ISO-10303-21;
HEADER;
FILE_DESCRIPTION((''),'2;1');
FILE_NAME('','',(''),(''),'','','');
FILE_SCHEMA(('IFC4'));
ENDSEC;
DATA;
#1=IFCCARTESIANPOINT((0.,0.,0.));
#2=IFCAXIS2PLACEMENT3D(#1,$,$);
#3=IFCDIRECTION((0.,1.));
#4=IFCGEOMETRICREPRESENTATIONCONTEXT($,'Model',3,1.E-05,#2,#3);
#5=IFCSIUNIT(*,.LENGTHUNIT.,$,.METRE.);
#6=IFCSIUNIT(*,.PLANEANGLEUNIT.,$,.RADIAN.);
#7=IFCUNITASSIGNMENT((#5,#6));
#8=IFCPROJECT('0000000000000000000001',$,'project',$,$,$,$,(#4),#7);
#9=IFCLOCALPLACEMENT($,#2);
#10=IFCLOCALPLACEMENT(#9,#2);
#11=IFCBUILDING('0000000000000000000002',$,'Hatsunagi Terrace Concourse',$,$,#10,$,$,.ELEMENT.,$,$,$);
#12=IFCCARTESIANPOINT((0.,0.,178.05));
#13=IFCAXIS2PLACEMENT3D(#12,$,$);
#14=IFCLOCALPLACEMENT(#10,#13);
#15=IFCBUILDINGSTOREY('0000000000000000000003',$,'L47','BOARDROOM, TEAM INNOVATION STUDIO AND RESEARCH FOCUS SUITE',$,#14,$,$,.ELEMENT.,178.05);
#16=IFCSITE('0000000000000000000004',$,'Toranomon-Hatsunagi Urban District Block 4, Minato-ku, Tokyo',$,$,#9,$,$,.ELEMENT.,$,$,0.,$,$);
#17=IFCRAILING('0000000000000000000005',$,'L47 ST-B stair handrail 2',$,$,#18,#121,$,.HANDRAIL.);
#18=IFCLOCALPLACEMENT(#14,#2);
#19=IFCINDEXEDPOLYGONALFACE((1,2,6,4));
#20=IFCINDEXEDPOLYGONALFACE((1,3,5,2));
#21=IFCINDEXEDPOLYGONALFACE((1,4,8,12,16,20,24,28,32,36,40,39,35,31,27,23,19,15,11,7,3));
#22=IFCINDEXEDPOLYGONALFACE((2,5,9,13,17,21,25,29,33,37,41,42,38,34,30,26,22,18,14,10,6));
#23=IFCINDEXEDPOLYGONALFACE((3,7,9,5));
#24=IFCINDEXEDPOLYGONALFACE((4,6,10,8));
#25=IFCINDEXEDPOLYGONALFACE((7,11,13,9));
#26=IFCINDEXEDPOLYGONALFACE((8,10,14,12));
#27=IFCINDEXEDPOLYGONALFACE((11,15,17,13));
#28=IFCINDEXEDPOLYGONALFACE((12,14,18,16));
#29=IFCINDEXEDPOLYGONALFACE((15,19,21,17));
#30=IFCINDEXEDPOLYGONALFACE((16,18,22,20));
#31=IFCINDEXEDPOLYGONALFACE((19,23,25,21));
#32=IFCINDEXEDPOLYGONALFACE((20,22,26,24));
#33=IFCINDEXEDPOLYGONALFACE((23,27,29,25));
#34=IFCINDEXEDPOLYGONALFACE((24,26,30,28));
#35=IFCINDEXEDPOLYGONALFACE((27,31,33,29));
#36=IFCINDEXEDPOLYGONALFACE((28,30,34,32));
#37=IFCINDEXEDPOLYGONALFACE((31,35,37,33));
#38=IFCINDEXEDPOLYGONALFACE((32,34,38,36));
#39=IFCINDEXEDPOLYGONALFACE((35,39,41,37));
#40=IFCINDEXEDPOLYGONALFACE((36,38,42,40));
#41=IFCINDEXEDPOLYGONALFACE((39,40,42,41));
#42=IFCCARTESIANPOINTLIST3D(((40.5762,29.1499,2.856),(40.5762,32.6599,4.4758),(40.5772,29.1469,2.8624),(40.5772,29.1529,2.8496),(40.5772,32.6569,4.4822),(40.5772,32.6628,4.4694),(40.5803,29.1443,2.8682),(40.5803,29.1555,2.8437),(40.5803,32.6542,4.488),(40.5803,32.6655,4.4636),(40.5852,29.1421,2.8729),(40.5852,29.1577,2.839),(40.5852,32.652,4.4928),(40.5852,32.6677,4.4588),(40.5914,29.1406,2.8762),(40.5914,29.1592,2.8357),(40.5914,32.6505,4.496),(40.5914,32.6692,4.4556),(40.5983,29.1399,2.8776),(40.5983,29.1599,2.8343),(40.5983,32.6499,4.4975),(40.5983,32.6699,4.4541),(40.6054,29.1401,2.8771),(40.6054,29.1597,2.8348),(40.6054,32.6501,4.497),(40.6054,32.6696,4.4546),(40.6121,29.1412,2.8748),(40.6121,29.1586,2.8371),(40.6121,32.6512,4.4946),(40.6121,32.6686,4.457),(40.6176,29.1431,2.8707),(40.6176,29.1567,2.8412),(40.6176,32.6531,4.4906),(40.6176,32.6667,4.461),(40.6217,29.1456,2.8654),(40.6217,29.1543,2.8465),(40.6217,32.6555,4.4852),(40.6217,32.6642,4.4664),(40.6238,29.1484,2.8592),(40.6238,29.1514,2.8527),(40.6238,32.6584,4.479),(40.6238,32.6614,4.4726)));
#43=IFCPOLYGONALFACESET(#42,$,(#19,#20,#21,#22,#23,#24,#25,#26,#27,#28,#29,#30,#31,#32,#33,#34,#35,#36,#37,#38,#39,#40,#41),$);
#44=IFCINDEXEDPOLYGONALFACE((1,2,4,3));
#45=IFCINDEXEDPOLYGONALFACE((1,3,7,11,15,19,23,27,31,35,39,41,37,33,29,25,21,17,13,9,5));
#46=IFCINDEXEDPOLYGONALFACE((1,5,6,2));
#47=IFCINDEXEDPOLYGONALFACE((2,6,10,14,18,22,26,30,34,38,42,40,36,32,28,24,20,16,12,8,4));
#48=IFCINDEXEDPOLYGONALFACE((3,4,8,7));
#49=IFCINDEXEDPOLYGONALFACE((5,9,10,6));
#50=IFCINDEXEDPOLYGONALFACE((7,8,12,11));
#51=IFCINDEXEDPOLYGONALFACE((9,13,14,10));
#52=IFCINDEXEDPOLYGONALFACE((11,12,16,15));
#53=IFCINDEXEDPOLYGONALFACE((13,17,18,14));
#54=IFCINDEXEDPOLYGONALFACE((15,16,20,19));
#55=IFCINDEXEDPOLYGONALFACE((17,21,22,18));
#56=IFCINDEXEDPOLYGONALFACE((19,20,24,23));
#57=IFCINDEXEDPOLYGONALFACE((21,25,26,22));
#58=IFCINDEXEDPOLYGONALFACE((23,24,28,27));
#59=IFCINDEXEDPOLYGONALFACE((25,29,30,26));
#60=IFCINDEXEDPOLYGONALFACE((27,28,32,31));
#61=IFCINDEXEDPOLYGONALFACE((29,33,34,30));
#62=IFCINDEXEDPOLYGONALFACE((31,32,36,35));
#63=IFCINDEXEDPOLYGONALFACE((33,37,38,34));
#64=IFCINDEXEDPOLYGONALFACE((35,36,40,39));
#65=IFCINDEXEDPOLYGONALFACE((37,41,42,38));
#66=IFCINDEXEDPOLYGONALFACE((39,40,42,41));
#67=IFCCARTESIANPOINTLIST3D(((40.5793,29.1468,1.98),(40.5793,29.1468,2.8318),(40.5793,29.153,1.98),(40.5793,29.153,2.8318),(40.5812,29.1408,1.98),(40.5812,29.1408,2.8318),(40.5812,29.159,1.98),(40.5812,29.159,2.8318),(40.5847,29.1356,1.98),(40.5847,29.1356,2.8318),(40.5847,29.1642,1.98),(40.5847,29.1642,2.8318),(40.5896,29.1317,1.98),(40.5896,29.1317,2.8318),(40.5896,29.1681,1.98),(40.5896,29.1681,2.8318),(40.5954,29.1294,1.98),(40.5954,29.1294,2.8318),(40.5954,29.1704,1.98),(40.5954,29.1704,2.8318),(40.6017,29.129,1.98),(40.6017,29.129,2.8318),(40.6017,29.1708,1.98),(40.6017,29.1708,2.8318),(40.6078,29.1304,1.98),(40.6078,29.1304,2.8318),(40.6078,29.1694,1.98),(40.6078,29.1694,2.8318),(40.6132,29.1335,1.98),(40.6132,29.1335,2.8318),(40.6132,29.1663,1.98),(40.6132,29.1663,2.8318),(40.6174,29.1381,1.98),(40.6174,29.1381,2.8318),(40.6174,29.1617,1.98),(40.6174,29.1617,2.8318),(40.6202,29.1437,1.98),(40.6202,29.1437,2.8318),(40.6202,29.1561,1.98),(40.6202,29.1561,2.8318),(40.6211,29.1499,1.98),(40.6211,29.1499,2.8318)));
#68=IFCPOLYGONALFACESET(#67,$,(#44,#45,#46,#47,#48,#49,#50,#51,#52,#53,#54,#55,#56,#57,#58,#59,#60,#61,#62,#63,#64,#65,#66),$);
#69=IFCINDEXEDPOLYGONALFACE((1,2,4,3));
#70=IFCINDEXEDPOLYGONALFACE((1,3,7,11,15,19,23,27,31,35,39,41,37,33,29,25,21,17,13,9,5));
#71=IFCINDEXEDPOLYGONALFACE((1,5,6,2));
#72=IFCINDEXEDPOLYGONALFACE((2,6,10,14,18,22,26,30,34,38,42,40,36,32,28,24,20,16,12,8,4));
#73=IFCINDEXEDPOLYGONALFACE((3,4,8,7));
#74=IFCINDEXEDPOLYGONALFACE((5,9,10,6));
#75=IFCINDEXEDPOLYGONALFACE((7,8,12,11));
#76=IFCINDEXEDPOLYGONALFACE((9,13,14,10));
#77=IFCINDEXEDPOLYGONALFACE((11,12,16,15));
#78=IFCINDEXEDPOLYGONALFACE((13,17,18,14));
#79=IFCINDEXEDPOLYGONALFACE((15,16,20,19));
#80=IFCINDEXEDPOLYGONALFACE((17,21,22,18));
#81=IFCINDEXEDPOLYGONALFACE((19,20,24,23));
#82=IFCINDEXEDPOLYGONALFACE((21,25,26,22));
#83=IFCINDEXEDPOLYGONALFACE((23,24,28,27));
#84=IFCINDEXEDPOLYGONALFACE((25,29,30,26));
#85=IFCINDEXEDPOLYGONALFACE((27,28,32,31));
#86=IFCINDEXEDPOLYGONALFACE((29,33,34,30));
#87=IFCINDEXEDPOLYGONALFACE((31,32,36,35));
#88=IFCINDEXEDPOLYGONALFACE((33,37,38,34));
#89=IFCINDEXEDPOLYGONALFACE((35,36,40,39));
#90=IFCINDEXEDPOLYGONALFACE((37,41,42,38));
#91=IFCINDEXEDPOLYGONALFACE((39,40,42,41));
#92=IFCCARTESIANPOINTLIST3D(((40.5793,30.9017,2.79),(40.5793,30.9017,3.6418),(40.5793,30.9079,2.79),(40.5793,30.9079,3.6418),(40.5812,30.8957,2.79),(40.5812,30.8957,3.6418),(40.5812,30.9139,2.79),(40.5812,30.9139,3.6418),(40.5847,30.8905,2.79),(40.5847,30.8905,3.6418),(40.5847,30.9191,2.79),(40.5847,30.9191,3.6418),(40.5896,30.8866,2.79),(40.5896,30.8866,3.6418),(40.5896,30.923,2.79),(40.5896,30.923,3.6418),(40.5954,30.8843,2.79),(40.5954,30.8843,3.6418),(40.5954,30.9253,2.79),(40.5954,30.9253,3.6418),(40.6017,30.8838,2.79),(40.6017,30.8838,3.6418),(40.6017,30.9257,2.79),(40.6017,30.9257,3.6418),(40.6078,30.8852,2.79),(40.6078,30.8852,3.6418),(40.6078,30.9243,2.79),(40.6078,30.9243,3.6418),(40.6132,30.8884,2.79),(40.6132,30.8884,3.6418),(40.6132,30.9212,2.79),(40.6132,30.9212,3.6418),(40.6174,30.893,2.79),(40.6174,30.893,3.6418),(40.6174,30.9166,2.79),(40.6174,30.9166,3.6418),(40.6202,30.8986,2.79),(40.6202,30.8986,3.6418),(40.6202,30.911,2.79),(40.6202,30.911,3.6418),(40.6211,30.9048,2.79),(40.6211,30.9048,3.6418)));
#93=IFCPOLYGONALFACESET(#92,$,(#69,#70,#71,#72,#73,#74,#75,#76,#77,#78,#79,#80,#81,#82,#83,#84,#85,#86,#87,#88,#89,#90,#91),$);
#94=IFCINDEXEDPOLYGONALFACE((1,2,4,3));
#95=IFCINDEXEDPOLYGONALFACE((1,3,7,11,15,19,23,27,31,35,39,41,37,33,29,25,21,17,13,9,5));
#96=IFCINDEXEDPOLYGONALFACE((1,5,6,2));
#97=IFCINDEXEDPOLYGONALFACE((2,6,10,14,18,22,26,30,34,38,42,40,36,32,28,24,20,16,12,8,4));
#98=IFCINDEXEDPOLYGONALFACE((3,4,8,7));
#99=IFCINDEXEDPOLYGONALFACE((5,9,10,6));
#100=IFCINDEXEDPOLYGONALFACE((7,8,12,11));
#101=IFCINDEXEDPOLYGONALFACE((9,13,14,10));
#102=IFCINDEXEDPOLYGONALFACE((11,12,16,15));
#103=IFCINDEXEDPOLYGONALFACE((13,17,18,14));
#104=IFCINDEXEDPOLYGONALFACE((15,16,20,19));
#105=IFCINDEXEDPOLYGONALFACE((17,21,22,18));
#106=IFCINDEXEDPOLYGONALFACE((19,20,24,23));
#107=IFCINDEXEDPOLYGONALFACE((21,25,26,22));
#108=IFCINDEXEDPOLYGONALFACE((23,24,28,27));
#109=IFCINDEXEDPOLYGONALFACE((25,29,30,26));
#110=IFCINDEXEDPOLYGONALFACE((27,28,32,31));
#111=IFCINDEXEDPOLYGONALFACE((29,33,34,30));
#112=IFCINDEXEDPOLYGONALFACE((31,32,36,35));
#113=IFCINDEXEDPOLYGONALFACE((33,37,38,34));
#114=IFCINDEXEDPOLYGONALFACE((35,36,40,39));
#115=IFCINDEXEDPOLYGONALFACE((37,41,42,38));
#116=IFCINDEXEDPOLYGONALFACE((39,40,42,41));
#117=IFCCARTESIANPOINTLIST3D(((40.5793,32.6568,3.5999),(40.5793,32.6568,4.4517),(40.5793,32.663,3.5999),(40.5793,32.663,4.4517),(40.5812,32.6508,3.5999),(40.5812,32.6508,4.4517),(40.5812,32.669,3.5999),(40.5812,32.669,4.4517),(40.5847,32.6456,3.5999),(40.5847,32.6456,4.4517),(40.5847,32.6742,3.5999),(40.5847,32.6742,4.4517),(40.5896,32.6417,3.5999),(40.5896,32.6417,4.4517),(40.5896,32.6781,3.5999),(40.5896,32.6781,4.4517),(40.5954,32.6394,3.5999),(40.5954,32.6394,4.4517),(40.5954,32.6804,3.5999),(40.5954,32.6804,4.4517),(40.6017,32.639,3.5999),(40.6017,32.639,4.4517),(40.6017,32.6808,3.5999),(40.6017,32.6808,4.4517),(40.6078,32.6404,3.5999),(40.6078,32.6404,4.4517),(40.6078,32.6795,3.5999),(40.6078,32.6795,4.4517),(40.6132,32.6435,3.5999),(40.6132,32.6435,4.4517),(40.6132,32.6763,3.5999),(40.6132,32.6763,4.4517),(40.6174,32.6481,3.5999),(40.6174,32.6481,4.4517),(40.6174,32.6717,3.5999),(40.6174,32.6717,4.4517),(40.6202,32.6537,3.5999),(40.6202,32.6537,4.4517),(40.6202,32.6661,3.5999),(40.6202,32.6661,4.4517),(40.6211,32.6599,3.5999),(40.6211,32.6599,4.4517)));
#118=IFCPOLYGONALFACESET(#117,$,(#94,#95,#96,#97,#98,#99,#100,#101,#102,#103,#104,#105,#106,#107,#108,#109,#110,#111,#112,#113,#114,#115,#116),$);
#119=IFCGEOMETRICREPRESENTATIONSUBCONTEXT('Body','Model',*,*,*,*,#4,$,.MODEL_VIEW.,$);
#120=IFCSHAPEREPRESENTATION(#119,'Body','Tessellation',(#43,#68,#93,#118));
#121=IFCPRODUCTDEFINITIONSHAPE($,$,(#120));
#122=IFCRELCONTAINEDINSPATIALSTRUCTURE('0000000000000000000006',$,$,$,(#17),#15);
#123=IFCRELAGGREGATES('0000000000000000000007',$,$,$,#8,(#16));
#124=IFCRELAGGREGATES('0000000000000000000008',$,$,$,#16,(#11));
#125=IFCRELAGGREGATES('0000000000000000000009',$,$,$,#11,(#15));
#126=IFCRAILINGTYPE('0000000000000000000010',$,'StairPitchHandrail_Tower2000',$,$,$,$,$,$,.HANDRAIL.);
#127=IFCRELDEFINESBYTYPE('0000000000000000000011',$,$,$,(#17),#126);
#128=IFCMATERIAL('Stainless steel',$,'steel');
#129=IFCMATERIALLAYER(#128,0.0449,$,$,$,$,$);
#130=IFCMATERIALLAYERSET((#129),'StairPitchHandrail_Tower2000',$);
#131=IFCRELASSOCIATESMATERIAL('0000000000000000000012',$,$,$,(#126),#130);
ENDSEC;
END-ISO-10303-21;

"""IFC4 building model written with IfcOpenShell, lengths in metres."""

from ifc_helpers import new_model, si_unit, direction, frame, origin, origin_2d, place, context, subcontext, project, spatial, circle, extrude, material, layer, layer_set, type_object, element, save


model = new_model("IFC4")

# Units and contexts
model_context = context("Model", 3, precision=1e-05, world=origin(), true_north=direction((0.0, 1.0)))
body_context = subcontext(model_context, "Body", "Model", "MODEL_VIEW")
ifc_project = project(units=[si_unit("LENGTHUNIT", "METRE"), si_unit("PLANEANGLEUNIT", "RADIAN")], contexts=[model_context])

# Site, building, storey
site_placement = place(None, origin())
site = spatial("IfcSite", under=ifc_project, at=site_placement, Name="Toranomon-Hatsunagi Urban District Block 4, Minato-ku, Tokyo", CompositionType="ELEMENT", RefElevation=0.0)
building_placement = place(site_placement, origin())
building = spatial("IfcBuilding", under=site, at=building_placement, Name="Hatsunagi Terrace Concourse", CompositionType="ELEMENT")
storey_placement = place(building_placement, frame((0.0, 0.0, 178.05)))
storey = spatial("IfcBuildingStorey", under=building, at=storey_placement, Name="L47", Description="BOARDROOM, TEAM INNOVATION STUDIO AND RESEARCH FOCUS SUITE", CompositionType="ELEMENT", Elevation=178.05)

# Railing
ifc_material_1 = material(Name="Stainless steel", Category="steel")
ifc_layer_1 = layer(ifc_material_1, 0.0449)
ifc_layer_set_1 = layer_set([ifc_layer_1], Name="StairPitchHandrail_Tower2000")
railing_type_1 = type_object("IfcRailingType", Name="StairPitchHandrail_Tower2000", PredefinedType="HANDRAIL", material=ifc_layer_set_1)
railing_1_placement = place(storey_placement, frame((40.6001, 29.1499, 1.98)))
element("IfcRailing", 1, at=railing_1_placement, inside=storey, type_object=railing_type_1, Name="L47 ST-B stair handrail 2", PredefinedType="HANDRAIL", context=body_context, shape_type="SweptSolid", body=[
    extrude(circle(Radius=0.0239, at=origin_2d()), frame((0.0, 0.0, 0.876), z_axis=(0.0, 0.907972, 0.41903), x_axis=(-1.0, 0.0, 0.0)), (0.0, 0.0, 1.0), 3.8657),
    extrude(circle(Radius=0.021, at=origin_2d()), origin(), (0.0, 0.0, 1.0), 0.8518),
    extrude(circle(Radius=0.021, at=origin_2d()), frame((0.0, 1.7549, 0.8101)), (0.0, 0.0, 1.0), 0.8518),
    extrude(circle(Radius=0.021, at=origin_2d()), frame((0.0, 3.51, 1.6199)), (0.0, 0.0, 1.0), 0.8518),
])

save(model, "model.ifc")
